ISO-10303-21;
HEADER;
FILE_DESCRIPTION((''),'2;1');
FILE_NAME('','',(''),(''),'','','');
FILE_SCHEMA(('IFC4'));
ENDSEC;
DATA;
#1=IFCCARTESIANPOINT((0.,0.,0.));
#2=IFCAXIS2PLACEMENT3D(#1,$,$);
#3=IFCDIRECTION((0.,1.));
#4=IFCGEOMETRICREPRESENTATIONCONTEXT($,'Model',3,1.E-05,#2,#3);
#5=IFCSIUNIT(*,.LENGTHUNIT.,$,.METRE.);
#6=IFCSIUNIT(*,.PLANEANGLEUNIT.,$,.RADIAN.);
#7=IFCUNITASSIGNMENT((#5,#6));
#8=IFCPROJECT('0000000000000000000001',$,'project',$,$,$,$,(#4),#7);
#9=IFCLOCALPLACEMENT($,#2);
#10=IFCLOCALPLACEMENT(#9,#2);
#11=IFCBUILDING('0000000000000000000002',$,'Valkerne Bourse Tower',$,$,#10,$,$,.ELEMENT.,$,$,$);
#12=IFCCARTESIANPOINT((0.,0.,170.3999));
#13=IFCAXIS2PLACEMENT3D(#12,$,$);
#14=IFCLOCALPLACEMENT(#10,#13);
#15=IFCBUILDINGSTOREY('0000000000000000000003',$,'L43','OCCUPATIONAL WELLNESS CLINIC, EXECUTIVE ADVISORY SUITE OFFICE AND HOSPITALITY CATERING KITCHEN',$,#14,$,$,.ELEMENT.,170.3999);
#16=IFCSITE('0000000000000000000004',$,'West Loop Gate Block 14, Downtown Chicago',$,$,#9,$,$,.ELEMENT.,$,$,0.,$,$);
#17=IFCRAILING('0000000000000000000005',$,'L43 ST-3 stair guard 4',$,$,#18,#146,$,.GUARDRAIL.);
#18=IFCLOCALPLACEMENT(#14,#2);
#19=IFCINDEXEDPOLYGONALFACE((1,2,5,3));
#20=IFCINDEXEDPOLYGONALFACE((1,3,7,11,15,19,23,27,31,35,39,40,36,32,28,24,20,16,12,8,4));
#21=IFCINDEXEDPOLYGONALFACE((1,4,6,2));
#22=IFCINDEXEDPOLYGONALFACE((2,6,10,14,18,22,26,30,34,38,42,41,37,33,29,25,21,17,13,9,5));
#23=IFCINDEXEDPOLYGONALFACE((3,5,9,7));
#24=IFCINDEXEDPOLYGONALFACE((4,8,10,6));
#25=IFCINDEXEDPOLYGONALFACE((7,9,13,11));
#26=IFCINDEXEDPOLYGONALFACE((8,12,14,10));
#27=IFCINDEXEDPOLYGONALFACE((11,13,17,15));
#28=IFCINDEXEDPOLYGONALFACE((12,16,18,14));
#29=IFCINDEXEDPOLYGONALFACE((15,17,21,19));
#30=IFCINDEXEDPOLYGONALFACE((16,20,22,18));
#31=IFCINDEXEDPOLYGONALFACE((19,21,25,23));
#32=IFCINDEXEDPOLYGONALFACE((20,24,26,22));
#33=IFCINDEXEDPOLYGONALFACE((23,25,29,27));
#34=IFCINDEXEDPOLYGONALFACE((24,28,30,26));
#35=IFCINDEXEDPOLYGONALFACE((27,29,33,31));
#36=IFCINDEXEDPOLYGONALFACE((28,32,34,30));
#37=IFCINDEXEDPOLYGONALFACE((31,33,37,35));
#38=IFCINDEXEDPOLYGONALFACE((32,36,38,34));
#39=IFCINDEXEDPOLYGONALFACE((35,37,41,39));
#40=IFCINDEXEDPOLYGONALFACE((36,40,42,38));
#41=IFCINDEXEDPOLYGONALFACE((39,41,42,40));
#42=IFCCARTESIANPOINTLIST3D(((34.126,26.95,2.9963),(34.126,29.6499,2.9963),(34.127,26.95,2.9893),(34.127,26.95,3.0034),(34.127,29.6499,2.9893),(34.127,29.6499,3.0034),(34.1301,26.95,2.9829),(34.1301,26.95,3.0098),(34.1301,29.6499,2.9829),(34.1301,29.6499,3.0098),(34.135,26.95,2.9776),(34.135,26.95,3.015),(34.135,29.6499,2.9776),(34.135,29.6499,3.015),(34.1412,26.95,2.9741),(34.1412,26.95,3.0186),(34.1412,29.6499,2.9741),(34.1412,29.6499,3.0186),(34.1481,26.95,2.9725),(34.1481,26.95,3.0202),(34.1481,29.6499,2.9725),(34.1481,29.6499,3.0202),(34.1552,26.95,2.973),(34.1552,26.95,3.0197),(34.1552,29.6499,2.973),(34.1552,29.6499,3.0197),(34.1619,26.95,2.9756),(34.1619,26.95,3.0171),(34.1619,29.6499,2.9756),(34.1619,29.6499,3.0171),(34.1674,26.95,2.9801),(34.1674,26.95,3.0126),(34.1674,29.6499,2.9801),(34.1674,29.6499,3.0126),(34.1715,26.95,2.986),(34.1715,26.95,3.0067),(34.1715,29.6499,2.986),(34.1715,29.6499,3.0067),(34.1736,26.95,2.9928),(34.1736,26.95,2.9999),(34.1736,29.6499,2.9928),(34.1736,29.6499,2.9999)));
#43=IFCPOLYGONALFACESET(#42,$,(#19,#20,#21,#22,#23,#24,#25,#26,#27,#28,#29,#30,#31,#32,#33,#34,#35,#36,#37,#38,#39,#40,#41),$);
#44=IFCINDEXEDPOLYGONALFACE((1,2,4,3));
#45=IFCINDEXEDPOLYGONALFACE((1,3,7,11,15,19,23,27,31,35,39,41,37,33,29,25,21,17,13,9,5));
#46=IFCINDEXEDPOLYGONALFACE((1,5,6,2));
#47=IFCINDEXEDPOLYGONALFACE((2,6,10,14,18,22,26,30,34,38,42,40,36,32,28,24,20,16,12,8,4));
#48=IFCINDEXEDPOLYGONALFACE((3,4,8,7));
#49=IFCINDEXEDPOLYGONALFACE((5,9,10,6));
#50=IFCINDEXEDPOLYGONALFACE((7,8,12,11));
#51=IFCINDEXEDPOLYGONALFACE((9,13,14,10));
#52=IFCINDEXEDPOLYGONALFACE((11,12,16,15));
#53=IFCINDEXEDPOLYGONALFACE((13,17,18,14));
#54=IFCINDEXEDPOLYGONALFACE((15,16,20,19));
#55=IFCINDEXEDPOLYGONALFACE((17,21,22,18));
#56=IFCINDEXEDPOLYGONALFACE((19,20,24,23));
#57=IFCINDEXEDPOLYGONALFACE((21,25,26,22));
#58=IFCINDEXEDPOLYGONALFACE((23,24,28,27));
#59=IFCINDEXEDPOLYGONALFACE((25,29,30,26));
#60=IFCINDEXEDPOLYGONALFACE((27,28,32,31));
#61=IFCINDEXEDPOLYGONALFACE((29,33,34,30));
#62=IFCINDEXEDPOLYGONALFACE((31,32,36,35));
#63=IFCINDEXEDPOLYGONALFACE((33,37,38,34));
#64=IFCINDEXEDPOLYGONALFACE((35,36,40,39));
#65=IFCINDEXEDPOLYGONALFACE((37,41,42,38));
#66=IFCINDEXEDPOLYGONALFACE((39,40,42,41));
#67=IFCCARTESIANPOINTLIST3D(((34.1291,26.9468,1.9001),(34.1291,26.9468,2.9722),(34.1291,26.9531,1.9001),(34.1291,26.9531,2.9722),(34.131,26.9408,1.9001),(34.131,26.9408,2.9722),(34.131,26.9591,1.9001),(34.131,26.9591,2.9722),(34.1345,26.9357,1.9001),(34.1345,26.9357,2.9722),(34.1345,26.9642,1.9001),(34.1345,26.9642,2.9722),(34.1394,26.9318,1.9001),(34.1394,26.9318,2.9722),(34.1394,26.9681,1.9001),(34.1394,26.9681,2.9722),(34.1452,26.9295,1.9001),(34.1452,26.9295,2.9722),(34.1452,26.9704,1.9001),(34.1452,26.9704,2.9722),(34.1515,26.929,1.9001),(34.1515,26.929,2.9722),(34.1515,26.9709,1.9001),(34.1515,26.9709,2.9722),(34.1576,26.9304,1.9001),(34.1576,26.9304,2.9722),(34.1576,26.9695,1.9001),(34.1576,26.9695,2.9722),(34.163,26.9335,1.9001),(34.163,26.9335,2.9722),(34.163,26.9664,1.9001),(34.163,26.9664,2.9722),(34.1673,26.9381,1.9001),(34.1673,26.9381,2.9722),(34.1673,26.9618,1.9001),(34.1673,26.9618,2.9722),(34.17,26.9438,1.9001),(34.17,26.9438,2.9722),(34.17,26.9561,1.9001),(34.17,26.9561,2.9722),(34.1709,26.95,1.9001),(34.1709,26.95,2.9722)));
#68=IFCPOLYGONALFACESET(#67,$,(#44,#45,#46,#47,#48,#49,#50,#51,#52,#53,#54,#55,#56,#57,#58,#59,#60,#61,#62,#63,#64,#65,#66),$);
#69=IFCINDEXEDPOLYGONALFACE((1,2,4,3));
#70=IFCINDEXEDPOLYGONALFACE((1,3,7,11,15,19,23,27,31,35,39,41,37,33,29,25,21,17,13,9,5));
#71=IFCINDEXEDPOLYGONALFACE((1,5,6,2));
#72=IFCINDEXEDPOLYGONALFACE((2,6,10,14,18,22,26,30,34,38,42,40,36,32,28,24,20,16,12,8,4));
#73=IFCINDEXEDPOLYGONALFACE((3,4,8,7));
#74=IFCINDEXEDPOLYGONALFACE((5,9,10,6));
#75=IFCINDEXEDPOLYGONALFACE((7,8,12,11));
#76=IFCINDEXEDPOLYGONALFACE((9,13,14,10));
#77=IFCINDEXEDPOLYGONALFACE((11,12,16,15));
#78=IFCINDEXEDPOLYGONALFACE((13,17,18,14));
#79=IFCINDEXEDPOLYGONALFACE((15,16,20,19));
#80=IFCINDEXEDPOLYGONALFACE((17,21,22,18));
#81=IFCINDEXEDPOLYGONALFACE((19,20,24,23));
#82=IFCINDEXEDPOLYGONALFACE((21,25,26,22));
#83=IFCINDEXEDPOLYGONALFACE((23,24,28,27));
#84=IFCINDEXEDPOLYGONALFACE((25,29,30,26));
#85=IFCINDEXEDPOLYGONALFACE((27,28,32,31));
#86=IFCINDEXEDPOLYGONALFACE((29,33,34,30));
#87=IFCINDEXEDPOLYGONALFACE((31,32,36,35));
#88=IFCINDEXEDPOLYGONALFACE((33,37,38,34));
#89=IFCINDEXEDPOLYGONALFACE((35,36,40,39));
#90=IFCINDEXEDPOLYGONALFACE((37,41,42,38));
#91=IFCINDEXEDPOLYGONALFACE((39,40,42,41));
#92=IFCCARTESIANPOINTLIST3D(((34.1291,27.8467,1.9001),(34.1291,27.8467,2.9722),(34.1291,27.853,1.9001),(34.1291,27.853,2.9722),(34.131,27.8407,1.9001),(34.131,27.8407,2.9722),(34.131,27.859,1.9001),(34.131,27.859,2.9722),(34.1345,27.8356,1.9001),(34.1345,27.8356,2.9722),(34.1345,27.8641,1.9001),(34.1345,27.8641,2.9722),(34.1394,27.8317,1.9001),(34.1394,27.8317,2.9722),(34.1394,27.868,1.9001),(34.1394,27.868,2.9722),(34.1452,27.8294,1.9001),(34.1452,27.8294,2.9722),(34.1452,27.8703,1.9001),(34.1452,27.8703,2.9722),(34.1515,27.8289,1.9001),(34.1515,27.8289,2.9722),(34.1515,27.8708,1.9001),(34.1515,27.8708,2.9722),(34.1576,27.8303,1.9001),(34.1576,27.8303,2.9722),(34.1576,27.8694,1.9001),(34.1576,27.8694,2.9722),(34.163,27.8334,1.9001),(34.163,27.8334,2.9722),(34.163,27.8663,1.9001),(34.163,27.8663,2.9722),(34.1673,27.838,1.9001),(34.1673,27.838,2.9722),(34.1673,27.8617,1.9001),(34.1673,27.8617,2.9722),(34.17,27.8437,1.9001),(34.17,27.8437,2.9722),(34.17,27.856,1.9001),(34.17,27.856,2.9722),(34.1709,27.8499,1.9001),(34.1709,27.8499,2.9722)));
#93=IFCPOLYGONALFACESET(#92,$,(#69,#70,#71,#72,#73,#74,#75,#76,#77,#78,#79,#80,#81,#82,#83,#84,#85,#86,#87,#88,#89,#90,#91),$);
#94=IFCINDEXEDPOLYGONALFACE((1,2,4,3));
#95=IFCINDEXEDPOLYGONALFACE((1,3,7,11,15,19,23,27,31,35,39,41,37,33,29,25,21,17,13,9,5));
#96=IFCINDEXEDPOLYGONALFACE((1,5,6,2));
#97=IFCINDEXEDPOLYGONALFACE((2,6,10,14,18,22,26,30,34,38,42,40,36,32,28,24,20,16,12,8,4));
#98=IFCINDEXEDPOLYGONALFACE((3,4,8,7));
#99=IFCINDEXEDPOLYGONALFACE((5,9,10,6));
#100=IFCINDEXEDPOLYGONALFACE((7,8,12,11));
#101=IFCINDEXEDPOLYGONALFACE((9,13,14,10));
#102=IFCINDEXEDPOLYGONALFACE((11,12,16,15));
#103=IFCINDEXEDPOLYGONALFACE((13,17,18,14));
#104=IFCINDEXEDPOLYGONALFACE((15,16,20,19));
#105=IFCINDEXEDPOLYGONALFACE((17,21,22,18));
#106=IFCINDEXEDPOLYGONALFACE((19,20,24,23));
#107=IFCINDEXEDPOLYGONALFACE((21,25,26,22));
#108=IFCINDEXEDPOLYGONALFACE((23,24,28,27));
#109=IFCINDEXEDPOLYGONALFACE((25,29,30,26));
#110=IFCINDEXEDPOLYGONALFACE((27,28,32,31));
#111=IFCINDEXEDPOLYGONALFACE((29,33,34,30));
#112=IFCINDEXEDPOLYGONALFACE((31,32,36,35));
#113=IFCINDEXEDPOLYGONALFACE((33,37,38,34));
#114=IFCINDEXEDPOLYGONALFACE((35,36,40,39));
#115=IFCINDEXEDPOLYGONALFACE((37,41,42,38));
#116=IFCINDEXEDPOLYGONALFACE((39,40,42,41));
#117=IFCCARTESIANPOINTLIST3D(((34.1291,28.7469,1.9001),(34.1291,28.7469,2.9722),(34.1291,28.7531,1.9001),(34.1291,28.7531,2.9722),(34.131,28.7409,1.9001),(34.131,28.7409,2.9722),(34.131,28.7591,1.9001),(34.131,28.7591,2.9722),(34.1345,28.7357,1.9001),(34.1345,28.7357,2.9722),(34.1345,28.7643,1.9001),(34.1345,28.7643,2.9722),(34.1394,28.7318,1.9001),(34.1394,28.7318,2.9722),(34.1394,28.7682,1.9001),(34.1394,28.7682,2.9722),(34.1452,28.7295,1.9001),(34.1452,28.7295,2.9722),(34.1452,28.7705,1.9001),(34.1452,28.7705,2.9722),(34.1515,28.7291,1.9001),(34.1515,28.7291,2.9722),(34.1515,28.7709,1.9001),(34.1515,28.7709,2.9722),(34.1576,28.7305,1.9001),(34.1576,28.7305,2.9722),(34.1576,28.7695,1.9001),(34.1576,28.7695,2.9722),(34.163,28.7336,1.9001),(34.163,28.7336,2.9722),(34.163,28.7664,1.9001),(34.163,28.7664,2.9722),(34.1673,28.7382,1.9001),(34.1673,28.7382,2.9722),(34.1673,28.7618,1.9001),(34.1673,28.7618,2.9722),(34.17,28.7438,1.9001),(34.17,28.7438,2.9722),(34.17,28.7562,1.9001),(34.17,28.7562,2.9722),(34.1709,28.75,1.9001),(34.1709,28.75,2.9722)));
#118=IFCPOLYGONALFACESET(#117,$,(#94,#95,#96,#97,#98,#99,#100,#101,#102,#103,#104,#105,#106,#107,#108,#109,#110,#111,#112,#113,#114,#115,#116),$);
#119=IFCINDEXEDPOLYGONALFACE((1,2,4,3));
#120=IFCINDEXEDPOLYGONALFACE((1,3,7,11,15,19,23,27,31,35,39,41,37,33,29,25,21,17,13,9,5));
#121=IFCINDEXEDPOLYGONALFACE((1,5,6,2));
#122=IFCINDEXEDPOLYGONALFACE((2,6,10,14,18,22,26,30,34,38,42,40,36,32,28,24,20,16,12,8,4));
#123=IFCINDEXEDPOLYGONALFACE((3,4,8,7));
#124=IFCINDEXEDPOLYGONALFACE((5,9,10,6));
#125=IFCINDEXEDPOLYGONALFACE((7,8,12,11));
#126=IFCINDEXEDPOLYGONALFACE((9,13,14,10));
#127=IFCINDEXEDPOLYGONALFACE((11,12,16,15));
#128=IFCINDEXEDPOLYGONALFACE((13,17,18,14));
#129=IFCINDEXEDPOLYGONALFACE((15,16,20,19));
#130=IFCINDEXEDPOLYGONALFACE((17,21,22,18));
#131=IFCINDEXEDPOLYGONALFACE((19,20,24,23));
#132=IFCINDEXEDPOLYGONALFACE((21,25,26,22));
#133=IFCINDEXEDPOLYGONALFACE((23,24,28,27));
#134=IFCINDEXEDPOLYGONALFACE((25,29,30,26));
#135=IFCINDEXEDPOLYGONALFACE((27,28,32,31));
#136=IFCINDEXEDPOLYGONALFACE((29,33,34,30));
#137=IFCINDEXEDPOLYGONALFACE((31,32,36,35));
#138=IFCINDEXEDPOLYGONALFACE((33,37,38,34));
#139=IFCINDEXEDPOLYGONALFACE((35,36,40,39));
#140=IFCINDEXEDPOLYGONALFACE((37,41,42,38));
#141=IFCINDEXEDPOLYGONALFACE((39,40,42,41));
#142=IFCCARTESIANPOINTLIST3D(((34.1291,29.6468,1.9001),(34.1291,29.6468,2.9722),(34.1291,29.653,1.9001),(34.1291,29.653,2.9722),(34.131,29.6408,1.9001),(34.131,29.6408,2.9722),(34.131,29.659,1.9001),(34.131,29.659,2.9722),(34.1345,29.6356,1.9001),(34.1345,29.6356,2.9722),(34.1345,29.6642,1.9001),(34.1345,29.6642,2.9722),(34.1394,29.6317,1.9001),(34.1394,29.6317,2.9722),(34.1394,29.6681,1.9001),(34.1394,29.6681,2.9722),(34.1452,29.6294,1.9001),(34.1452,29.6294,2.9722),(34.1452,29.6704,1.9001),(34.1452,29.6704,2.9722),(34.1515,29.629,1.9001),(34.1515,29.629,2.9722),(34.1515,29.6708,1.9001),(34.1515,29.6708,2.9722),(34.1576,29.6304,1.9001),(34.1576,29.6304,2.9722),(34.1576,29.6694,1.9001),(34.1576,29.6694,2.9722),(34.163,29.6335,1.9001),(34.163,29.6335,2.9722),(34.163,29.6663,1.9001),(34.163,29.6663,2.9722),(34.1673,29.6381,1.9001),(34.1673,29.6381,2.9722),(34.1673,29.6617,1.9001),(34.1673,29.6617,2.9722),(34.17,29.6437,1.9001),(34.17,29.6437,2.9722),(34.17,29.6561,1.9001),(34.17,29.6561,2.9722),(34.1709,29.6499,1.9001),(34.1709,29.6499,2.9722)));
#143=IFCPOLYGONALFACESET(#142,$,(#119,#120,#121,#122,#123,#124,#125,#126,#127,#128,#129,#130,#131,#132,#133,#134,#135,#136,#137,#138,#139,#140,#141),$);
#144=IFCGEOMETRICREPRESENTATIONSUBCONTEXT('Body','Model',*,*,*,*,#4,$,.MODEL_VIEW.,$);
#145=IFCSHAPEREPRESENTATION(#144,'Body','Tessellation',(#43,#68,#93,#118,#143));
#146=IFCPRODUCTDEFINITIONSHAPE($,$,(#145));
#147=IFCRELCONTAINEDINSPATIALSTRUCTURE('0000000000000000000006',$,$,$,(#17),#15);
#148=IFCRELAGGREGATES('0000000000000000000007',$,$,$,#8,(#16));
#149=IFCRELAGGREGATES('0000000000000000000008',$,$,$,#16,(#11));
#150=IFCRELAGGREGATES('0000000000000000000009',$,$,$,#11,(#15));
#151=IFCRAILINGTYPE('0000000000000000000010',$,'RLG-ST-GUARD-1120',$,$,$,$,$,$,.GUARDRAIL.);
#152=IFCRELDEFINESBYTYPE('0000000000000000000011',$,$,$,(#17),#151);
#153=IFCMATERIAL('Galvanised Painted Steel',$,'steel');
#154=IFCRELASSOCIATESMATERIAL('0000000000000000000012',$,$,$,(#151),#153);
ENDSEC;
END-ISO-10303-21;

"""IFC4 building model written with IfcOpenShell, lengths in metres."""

from ifc_helpers import new_model, si_unit, direction, frame, origin, origin_2d, place, context, subcontext, project, spatial, circle, extrude, material, type_object, element, save


model = new_model("IFC4")

# Units and contexts
model_context = context("Model", 3, precision=1e-05, world=origin(), true_north=direction((0.0, 1.0)))
body_context = subcontext(model_context, "Body", "Model", "MODEL_VIEW")
ifc_project = project(units=[si_unit("LENGTHUNIT", "METRE"), si_unit("PLANEANGLEUNIT", "RADIAN")], contexts=[model_context])

# Site, building, storey
site_placement = place(None, origin())
site = spatial("IfcSite", under=ifc_project, at=site_placement, Name="West Loop Gate Block 14, Downtown Chicago", CompositionType="ELEMENT", RefElevation=0.0)
building_placement = place(site_placement, origin())
building = spatial("IfcBuilding", under=site, at=building_placement, Name="Valkerne Bourse Tower", CompositionType="ELEMENT")
storey_placement = place(building_placement, frame((0.0, 0.0, 170.3999)))
storey = spatial("IfcBuildingStorey", under=building, at=storey_placement, Name="L43", Description="OCCUPATIONAL WELLNESS CLINIC, EXECUTIVE ADVISORY SUITE OFFICE AND HOSPITALITY CATERING KITCHEN", CompositionType="ELEMENT", Elevation=170.3999)

# Railing
ifc_material_1 = material(Name="Galvanised Painted Steel", Category="steel")
railing_type_1 = type_object("IfcRailingType", Name="RLG-ST-GUARD-1120", PredefinedType="GUARDRAIL", material=ifc_material_1)
for number, where, name in (
    (1, (34.1499, 26.95, 1.9001), "L43 ST-3 stair guard 4"),
):
    element("IfcRailing", number, at=place(storey_placement, frame(where)), inside=storey, type_object=railing_type_1, Name=name, PredefinedType="GUARDRAIL", context=body_context, shape_type="SweptSolid", body=[
        extrude(circle(Radius=0.0239, at=origin_2d()), frame((0.0, 0.0, 1.0962), z_axis=(0.0, 1.0, 0.0), x_axis=(-1.0, 0.0, 0.0)), (0.0, 0.0, 1.0), 2.7),
        extrude(circle(Radius=0.021, at=origin_2d()), origin(), (0.0, 0.0, 1.0), 1.072),
        extrude(circle(Radius=0.021, at=origin_2d()), frame((0.0, 0.8999, 0.0)), (0.0, 0.0, 1.0), 1.072),
        extrude(circle(Radius=0.021, at=origin_2d()), frame((0.0, 1.8, 0.0)), (0.0, 0.0, 1.0), 1.072),
        extrude(circle(Radius=0.021, at=origin_2d()), frame((0.0, 2.7, 0.0)), (0.0, 0.0, 1.0), 1.072),
    ])

save(model, "model.ifc")
